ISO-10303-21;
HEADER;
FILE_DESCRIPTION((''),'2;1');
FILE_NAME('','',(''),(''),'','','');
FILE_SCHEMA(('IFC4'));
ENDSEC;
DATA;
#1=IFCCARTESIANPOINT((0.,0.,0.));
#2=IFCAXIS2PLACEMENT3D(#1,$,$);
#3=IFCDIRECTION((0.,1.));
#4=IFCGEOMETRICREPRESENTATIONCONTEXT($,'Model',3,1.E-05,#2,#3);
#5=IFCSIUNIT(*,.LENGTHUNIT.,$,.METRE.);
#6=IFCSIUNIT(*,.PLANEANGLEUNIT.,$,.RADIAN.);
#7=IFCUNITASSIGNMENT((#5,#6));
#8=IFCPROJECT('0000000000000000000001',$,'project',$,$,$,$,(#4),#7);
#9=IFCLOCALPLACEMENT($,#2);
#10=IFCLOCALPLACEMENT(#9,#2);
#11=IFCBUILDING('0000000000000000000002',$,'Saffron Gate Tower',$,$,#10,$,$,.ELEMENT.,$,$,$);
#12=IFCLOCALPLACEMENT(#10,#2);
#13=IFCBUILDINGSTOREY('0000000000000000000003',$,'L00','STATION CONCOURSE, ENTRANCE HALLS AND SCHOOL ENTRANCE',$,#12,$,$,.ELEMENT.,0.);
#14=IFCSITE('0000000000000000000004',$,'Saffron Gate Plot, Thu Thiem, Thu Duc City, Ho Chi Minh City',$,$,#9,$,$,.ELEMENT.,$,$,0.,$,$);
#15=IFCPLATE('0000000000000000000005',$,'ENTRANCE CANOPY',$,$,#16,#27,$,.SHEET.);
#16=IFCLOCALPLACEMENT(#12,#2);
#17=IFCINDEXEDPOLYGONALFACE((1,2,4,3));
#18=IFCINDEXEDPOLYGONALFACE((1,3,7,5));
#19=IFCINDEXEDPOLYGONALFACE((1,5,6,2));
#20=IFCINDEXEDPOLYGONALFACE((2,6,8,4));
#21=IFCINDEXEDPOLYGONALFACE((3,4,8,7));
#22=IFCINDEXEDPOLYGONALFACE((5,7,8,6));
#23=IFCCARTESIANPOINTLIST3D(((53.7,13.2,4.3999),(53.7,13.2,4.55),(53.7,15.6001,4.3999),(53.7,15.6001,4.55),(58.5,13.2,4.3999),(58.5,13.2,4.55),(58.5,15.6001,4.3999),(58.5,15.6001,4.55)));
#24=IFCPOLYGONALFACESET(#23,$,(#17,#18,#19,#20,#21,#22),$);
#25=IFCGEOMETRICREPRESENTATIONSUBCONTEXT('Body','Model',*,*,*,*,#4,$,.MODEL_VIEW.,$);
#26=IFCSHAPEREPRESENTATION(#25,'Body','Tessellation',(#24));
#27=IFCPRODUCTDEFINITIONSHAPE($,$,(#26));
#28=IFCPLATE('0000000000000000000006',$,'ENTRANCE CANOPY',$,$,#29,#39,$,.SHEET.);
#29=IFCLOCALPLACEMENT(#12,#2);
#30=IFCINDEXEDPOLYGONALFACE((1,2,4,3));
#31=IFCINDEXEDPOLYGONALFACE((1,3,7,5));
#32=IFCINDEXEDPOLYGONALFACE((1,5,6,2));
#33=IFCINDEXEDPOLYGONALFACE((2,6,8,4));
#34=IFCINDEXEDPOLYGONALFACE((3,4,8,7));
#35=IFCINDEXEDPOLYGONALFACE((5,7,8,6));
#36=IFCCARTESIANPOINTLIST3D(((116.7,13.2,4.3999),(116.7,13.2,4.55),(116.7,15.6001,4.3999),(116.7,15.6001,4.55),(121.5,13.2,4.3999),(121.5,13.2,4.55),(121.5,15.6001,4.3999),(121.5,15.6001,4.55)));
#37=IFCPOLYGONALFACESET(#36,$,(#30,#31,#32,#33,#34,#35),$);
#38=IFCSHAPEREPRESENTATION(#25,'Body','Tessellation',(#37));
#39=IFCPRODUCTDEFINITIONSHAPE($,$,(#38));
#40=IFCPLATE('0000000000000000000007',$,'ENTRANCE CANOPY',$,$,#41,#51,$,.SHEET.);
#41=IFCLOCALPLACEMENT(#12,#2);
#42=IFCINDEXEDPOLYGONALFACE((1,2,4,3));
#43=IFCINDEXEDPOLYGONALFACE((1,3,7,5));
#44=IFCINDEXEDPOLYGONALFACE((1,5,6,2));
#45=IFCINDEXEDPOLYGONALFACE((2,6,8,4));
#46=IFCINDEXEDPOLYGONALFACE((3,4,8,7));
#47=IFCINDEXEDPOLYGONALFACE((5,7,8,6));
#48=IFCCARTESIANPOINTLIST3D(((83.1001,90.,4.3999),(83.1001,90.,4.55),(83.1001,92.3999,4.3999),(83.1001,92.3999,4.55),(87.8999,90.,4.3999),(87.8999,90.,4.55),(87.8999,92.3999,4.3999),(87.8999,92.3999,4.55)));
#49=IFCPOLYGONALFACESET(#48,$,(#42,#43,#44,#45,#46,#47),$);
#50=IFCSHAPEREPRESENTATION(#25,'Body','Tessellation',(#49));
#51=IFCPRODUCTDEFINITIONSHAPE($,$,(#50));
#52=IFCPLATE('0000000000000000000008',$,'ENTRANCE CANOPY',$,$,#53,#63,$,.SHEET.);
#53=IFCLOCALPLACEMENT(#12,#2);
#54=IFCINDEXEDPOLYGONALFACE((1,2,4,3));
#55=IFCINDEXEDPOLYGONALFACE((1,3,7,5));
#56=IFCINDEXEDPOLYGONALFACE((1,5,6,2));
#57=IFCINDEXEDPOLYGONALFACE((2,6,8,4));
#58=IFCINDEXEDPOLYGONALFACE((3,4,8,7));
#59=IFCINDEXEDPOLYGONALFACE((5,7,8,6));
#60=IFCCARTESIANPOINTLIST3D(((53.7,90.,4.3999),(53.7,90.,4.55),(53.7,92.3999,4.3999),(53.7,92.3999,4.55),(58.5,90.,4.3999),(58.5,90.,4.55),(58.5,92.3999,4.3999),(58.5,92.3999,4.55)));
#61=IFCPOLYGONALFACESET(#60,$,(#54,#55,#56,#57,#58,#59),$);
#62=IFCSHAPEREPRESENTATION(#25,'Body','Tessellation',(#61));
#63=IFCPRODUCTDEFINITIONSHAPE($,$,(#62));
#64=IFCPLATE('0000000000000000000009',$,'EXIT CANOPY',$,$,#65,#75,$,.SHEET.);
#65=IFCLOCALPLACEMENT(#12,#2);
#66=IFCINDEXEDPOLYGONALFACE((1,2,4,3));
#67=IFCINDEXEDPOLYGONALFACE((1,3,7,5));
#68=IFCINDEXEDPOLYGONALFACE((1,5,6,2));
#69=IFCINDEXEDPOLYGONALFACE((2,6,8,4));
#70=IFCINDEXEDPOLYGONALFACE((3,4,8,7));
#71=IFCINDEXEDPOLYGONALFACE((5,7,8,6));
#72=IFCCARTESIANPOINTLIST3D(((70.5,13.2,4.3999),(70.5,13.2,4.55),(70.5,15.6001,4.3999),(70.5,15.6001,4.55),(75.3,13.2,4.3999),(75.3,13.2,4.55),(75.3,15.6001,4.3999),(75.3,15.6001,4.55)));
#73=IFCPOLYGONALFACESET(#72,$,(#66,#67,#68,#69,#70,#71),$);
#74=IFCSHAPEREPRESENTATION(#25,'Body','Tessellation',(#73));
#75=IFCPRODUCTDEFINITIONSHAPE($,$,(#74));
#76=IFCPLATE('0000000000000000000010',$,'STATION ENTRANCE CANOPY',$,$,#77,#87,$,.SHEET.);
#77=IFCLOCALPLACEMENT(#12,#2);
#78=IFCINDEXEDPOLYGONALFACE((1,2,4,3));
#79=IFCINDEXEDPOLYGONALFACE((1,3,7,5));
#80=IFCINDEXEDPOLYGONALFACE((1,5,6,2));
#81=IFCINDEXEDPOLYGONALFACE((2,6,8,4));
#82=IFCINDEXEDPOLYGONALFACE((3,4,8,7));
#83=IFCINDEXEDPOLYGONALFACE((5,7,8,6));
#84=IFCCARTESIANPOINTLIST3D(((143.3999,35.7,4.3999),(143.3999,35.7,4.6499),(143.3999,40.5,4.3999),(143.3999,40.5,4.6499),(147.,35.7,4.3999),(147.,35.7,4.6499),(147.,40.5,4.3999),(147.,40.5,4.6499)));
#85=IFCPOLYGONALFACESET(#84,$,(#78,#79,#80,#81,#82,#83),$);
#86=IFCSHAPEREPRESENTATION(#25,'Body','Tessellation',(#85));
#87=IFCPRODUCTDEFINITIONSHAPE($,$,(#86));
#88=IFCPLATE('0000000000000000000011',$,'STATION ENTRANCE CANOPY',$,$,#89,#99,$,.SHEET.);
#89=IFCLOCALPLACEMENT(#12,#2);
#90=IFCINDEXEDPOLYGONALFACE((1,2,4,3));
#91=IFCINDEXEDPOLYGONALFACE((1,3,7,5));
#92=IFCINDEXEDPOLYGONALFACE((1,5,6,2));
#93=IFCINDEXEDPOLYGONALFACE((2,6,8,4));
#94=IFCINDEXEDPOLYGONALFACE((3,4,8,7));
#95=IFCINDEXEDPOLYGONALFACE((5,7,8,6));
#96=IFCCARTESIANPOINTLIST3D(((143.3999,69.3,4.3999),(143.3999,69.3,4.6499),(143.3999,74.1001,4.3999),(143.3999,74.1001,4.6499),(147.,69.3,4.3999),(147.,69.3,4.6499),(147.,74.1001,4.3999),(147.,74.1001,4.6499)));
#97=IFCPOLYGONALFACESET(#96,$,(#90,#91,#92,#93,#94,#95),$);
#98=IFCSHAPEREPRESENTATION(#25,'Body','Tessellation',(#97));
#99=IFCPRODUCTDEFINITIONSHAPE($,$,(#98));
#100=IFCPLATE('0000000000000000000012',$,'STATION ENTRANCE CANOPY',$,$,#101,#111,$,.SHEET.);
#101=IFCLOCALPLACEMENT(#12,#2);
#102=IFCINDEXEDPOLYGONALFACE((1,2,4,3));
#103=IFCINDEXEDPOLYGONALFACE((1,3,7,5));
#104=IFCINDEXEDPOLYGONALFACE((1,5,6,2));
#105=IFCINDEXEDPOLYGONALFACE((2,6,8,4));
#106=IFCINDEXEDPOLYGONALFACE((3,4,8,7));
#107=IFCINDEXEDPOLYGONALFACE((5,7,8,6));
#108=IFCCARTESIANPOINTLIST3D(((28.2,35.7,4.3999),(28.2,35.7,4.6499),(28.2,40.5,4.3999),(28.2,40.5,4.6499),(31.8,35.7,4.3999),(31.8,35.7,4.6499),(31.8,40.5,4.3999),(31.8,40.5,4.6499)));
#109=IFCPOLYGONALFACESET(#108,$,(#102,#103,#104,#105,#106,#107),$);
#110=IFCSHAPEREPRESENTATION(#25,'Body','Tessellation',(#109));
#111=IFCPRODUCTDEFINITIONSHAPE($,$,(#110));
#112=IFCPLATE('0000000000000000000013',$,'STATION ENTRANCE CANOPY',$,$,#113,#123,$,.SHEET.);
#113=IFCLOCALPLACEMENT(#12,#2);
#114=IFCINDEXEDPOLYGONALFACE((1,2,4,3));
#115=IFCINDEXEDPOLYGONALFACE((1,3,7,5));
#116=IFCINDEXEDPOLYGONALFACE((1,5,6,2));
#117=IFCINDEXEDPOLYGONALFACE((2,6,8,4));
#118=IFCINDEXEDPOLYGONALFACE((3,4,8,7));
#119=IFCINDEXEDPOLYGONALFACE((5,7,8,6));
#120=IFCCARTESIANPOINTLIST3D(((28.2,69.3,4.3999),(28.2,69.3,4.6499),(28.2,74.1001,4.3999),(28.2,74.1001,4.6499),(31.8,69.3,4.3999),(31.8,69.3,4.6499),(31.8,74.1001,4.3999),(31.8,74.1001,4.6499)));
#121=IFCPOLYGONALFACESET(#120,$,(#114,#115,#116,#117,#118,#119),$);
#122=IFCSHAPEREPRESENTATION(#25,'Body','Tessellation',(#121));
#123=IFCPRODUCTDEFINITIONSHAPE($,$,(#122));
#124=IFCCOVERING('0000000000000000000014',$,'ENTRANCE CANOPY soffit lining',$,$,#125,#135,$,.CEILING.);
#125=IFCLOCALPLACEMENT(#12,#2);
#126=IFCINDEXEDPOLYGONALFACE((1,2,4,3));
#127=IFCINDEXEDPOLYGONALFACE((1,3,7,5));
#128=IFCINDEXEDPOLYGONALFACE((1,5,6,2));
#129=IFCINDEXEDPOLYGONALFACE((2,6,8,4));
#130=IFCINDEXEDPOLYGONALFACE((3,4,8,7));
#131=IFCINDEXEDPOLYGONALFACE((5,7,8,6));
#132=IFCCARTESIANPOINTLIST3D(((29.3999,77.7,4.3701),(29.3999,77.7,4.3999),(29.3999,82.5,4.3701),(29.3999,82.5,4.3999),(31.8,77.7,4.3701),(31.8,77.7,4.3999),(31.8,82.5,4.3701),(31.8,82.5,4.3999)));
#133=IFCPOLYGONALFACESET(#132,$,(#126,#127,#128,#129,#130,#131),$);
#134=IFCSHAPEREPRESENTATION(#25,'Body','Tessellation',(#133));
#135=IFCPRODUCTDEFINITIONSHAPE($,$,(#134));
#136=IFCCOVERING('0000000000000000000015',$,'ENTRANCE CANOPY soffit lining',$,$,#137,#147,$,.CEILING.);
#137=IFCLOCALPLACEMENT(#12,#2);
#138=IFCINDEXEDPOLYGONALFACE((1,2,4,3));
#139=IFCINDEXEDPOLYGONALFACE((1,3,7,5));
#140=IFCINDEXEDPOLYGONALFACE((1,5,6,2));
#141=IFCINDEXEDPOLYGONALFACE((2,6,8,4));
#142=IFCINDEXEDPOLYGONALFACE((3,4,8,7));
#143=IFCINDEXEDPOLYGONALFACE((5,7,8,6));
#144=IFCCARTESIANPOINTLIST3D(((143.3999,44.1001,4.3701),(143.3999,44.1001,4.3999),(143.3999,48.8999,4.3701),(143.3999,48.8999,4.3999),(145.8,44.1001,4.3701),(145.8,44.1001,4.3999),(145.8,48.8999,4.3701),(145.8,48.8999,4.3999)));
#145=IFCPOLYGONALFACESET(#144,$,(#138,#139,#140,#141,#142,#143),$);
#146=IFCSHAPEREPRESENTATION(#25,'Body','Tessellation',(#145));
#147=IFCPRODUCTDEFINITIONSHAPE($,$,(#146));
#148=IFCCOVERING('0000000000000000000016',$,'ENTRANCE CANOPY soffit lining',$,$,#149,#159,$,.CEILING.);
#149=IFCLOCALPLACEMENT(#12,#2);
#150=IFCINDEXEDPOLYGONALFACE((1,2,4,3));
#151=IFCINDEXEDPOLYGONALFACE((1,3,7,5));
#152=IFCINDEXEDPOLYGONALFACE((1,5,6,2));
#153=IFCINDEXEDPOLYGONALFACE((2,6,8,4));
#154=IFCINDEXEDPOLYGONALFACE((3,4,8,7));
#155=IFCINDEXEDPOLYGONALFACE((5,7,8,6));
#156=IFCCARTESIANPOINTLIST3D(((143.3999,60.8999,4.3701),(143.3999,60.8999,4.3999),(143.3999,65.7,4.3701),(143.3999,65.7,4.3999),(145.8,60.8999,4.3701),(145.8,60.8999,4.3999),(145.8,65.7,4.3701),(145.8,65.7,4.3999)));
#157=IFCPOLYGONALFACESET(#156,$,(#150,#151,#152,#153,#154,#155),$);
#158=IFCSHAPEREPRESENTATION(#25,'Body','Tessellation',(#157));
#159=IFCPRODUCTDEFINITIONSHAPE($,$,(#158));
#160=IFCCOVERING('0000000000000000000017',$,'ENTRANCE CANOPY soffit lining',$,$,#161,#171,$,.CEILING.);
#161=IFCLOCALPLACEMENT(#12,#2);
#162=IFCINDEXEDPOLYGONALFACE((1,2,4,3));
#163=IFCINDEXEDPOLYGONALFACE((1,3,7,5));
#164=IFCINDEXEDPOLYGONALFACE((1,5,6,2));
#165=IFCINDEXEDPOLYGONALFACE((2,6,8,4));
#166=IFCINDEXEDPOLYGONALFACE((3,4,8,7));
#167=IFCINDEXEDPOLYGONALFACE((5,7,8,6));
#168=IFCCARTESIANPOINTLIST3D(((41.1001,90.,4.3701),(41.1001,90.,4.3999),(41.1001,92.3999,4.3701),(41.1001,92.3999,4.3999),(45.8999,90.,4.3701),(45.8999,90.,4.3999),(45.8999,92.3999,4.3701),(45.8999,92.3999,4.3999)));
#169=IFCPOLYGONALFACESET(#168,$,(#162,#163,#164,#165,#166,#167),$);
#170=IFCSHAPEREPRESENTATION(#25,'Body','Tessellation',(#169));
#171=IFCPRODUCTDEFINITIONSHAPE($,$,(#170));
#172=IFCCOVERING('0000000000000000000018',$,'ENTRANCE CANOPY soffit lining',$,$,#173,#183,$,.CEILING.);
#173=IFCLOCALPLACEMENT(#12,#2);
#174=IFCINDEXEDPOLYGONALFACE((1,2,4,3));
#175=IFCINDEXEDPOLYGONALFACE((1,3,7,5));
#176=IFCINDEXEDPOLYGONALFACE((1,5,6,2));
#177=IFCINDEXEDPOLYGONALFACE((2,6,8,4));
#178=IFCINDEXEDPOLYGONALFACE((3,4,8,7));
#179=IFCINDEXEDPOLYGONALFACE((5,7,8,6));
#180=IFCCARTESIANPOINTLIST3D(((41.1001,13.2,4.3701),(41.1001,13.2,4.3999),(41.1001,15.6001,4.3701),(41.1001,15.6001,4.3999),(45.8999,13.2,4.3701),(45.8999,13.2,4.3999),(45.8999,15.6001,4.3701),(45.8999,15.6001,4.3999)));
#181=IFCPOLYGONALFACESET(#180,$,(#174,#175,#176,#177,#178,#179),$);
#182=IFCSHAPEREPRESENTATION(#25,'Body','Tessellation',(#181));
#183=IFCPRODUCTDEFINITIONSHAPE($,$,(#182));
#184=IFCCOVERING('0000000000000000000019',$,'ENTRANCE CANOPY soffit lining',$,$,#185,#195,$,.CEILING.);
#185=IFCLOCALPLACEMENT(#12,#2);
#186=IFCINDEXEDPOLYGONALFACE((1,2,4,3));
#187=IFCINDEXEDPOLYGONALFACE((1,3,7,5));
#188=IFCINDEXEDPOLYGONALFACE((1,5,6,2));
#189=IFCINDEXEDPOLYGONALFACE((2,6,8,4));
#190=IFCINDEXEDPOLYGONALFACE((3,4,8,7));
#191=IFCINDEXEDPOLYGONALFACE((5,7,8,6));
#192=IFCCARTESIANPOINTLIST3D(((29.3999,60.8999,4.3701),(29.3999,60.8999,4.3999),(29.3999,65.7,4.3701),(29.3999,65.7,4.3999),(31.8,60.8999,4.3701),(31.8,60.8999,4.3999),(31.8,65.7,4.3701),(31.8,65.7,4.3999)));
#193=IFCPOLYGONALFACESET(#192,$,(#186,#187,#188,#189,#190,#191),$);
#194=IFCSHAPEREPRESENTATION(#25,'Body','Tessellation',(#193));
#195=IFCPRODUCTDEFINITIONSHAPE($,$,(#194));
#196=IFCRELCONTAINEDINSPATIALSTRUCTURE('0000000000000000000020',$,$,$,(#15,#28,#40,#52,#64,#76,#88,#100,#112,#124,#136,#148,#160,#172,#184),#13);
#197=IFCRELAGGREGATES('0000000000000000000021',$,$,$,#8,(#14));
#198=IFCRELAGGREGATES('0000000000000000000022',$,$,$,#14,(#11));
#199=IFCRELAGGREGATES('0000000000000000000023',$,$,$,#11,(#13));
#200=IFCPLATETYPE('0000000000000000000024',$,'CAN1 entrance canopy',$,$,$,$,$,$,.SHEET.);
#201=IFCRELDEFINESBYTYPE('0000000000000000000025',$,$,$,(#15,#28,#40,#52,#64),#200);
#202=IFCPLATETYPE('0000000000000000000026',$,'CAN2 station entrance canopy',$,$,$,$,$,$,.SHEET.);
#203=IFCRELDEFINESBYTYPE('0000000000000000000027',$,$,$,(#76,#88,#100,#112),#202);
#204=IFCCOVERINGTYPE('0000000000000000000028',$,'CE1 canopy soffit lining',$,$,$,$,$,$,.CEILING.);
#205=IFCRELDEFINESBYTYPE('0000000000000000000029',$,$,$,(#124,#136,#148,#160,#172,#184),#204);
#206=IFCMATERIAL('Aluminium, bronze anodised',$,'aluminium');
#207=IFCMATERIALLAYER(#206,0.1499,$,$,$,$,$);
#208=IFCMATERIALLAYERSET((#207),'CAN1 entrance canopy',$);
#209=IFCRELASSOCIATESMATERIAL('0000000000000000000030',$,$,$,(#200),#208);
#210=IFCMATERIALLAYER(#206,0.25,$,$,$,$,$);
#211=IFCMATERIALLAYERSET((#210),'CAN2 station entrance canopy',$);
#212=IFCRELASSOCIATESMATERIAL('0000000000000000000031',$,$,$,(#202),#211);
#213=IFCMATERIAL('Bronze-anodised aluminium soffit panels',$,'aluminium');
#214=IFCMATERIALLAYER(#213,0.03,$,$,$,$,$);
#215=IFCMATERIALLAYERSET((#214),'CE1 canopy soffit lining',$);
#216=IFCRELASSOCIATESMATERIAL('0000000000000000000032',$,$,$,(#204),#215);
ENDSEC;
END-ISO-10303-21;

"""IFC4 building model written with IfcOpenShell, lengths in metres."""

from ifc_helpers import new_model, si_unit, direction, frame, origin, place, context, subcontext, project, spatial, polyline, outline, extrude, material, layer, layer_set, type_object, element, save


model = new_model("IFC4")

# Units and contexts
model_context = context("Model", 3, precision=1e-05, world=origin(), true_north=direction((0.0, 1.0)))
body_context = subcontext(model_context, "Body", "Model", "MODEL_VIEW")
ifc_project = project(units=[si_unit("LENGTHUNIT", "METRE"), si_unit("PLANEANGLEUNIT", "RADIAN")], contexts=[model_context])

# Site, building, storey
site_placement = place(None, origin())
site = spatial("IfcSite", under=ifc_project, at=site_placement, Name="Saffron Gate Plot, Thu Thiem, Thu Duc City, Ho Chi Minh City", CompositionType="ELEMENT", RefElevation=0.0)
building_placement = place(site_placement, origin())
building = spatial("IfcBuilding", under=site, at=building_placement, Name="Saffron Gate Tower", CompositionType="ELEMENT")
storey_placement = place(building_placement, origin())
storey = spatial("IfcBuildingStorey", under=building, at=storey_placement, Name="L00", Description="STATION CONCOURSE, ENTRANCE HALLS AND SCHOOL ENTRANCE", CompositionType="ELEMENT", Elevation=0.0)

# Plates
ifc_material_1 = material(Name="Aluminium, bronze anodised", Category="aluminium")
ifc_layer_1 = layer(ifc_material_1, 0.1499)
ifc_layer_set_1 = layer_set([ifc_layer_1], Name="CAN1 entrance canopy")
plate_type_1 = type_object("IfcPlateType", Name="CAN1 entrance canopy", PredefinedType="SHEET", material=ifc_layer_set_1)
plate_1_placement = place(storey_placement, frame((0.0, 0.0, 4.3999)))
element("IfcPlate", 1, at=plate_1_placement, inside=storey, type_object=plate_type_1, Name="ENTRANCE CANOPY", PredefinedType="SHEET", context=body_context, shape_type="SweptSolid", body=[
    extrude(outline(polyline([(53.7, 15.6001), (58.5, 15.6001), (58.5, 13.2), (53.7, 13.2), (53.7, 15.6001)])), origin(), (0.0, 0.0, 1.0), 0.1501),
])
plate_2_placement = place(storey_placement, frame((0.0, 0.0, 4.3999)))
element("IfcPlate", 2, at=plate_2_placement, inside=storey, type_object=plate_type_1, Name="ENTRANCE CANOPY", PredefinedType="SHEET", context=body_context, shape_type="SweptSolid", body=[
    extrude(outline(polyline([(116.7, 15.6001), (121.5, 15.6001), (121.5, 13.2), (116.7, 13.2), (116.7, 15.6001)])), origin(), (0.0, 0.0, 1.0), 0.1501),
])
plate_3_placement = place(storey_placement, frame((0.0, 0.0, 4.3999)))
element("IfcPlate", 3, at=plate_3_placement, inside=storey, type_object=plate_type_1, Name="ENTRANCE CANOPY", PredefinedType="SHEET", context=body_context, shape_type="SweptSolid", body=[
    extrude(outline(polyline([(87.8999, 90.0), (83.1001, 90.0), (83.1001, 92.3999), (87.8999, 92.3999), (87.8999, 90.0)])), origin(), (0.0, 0.0, 1.0), 0.1501),
])
plate_4_placement = place(storey_placement, frame((0.0, 0.0, 4.3999)))
element("IfcPlate", 4, at=plate_4_placement, inside=storey, type_object=plate_type_1, Name="ENTRANCE CANOPY", PredefinedType="SHEET", context=body_context, shape_type="SweptSolid", body=[
    extrude(outline(polyline([(58.5, 90.0), (53.7, 90.0), (53.7, 92.3999), (58.5, 92.3999), (58.5, 90.0)])), origin(), (0.0, 0.0, 1.0), 0.1501),
])
plate_5_placement = place(storey_placement, frame((0.0, 0.0, 4.3999)))
element("IfcPlate", 5, at=plate_5_placement, inside=storey, type_object=plate_type_1, Name="EXIT CANOPY", PredefinedType="SHEET", context=body_context, shape_type="SweptSolid", body=[
    extrude(outline(polyline([(70.5, 15.6001), (75.3, 15.6001), (75.3, 13.2), (70.5, 13.2), (70.5, 15.6001)])), origin(), (0.0, 0.0, 1.0), 0.1501),
])
ifc_layer_2 = layer(ifc_material_1, 0.25)
ifc_layer_set_2 = layer_set([ifc_layer_2], Name="CAN2 station entrance canopy")
plate_type_2 = type_object("IfcPlateType", Name="CAN2 station entrance canopy", PredefinedType="SHEET", material=ifc_layer_set_2)
plate_6_placement = place(storey_placement, frame((0.0, 0.0, 4.3999)))
element("IfcPlate", 6, at=plate_6_placement, inside=storey, type_object=plate_type_2, Name="STATION ENTRANCE CANOPY", PredefinedType="SHEET", context=body_context, shape_type="SweptSolid", body=[
    extrude(outline(polyline([(143.3999, 35.7), (143.3999, 40.5), (147.0, 40.5), (147.0, 35.7), (143.3999, 35.7)])), origin(), (0.0, 0.0, 1.0), 0.25),
])
plate_7_placement = place(storey_placement, frame((0.0, 0.0, 4.3999)))
element("IfcPlate", 7, at=plate_7_placement, inside=storey, type_object=plate_type_2, Name="STATION ENTRANCE CANOPY", PredefinedType="SHEET", context=body_context, shape_type="SweptSolid", body=[
    extrude(outline(polyline([(143.3999, 69.3), (143.3999, 74.1001), (147.0, 74.1001), (147.0, 69.3), (143.3999, 69.3)])), origin(), (0.0, 0.0, 1.0), 0.25),
])
plate_8_placement = place(storey_placement, frame((0.0, 0.0, 4.3999)))
element("IfcPlate", 8, at=plate_8_placement, inside=storey, type_object=plate_type_2, Name="STATION ENTRANCE CANOPY", PredefinedType="SHEET", context=body_context, shape_type="SweptSolid", body=[
    extrude(outline(polyline([(31.8, 40.5), (31.8, 35.7), (28.2, 35.7), (28.2, 40.5), (31.8, 40.5)])), origin(), (0.0, 0.0, 1.0), 0.25),
])
plate_9_placement = place(storey_placement, frame((0.0, 0.0, 4.3999)))
element("IfcPlate", 9, at=plate_9_placement, inside=storey, type_object=plate_type_2, Name="STATION ENTRANCE CANOPY", PredefinedType="SHEET", context=body_context, shape_type="SweptSolid", body=[
    extrude(outline(polyline([(31.8, 74.1001), (31.8, 69.3), (28.2, 69.3), (28.2, 74.1001), (31.8, 74.1001)])), origin(), (0.0, 0.0, 1.0), 0.25),
])

# Coverings
ifc_material_2 = material(Name="Bronze-anodised aluminium soffit panels", Category="aluminium")
ifc_layer_3 = layer(ifc_material_2, 0.03)
ifc_layer_set_3 = layer_set([ifc_layer_3], Name="CE1 canopy soffit lining")
covering_type = type_object("IfcCoveringType", Name="CE1 canopy soffit lining", PredefinedType="CEILING", material=ifc_layer_set_3)
covering_1_placement = place(storey_placement, frame((0.0, 0.0, 4.3701)))
element("IfcCovering", 10, at=covering_1_placement, inside=storey, type_object=covering_type, Name="ENTRANCE CANOPY soffit lining", PredefinedType="CEILING", context=body_context, shape_type="SweptSolid", body=[
    extrude(outline(polyline([(31.8, 82.5), (31.8, 77.7), (29.3999, 77.7), (29.3999, 82.5), (31.8, 82.5)])), origin(), (0.0, 0.0, 1.0), 0.0298),
])
covering_2_placement = place(storey_placement, frame((0.0, 0.0, 4.3701)))
element("IfcCovering", 11, at=covering_2_placement, inside=storey, type_object=covering_type, Name="ENTRANCE CANOPY soffit lining", PredefinedType="CEILING", context=body_context, shape_type="SweptSolid", body=[
    extrude(outline(polyline([(143.3999, 44.1001), (143.3999, 48.8999), (145.8, 48.8999), (145.8, 44.1001), (143.3999, 44.1001)])), origin(), (0.0, 0.0, 1.0), 0.0298),
])
covering_3_placement = place(storey_placement, frame((0.0, 0.0, 4.3701)))
element("IfcCovering", 12, at=covering_3_placement, inside=storey, type_object=covering_type, Name="ENTRANCE CANOPY soffit lining", PredefinedType="CEILING", context=body_context, shape_type="SweptSolid", body=[
    extrude(outline(polyline([(143.3999, 60.8999), (143.3999, 65.7), (145.8, 65.7), (145.8, 60.8999), (143.3999, 60.8999)])), origin(), (0.0, 0.0, 1.0), 0.0298),
])
covering_4_placement = place(storey_placement, frame((0.0, 0.0, 4.3701)))
element("IfcCovering", 13, at=covering_4_placement, inside=storey, type_object=covering_type, Name="ENTRANCE CANOPY soffit lining", PredefinedType="CEILING", context=body_context, shape_type="SweptSolid", body=[
    extrude(outline(polyline([(45.8999, 90.0), (41.1001, 90.0), (41.1001, 92.3999), (45.8999, 92.3999), (45.8999, 90.0)])), origin(), (0.0, 0.0, 1.0), 0.0298),
])
covering_5_placement = place(storey_placement, frame((0.0, 0.0, 4.3701)))
element("IfcCovering", 14, at=covering_5_placement, inside=storey, type_object=covering_type, Name="ENTRANCE CANOPY soffit lining", PredefinedType="CEILING", context=body_context, shape_type="SweptSolid", body=[
    extrude(outline(polyline([(41.1001, 15.6001), (45.8999, 15.6001), (45.8999, 13.2), (41.1001, 13.2), (41.1001, 15.6001)])), origin(), (0.0, 0.0, 1.0), 0.0298),
])
covering_6_placement = place(storey_placement, frame((0.0, 0.0, 4.3701)))
element("IfcCovering", 15, at=covering_6_placement, inside=storey, type_object=covering_type, Name="ENTRANCE CANOPY soffit lining", PredefinedType="CEILING", context=body_context, shape_type="SweptSolid", body=[
    extrude(outline(polyline([(31.8, 65.7), (31.8, 60.8999), (29.3999, 60.8999), (29.3999, 65.7), (31.8, 65.7)])), origin(), (0.0, 0.0, 1.0), 0.0298),
])

save(model, "model.ifc")
